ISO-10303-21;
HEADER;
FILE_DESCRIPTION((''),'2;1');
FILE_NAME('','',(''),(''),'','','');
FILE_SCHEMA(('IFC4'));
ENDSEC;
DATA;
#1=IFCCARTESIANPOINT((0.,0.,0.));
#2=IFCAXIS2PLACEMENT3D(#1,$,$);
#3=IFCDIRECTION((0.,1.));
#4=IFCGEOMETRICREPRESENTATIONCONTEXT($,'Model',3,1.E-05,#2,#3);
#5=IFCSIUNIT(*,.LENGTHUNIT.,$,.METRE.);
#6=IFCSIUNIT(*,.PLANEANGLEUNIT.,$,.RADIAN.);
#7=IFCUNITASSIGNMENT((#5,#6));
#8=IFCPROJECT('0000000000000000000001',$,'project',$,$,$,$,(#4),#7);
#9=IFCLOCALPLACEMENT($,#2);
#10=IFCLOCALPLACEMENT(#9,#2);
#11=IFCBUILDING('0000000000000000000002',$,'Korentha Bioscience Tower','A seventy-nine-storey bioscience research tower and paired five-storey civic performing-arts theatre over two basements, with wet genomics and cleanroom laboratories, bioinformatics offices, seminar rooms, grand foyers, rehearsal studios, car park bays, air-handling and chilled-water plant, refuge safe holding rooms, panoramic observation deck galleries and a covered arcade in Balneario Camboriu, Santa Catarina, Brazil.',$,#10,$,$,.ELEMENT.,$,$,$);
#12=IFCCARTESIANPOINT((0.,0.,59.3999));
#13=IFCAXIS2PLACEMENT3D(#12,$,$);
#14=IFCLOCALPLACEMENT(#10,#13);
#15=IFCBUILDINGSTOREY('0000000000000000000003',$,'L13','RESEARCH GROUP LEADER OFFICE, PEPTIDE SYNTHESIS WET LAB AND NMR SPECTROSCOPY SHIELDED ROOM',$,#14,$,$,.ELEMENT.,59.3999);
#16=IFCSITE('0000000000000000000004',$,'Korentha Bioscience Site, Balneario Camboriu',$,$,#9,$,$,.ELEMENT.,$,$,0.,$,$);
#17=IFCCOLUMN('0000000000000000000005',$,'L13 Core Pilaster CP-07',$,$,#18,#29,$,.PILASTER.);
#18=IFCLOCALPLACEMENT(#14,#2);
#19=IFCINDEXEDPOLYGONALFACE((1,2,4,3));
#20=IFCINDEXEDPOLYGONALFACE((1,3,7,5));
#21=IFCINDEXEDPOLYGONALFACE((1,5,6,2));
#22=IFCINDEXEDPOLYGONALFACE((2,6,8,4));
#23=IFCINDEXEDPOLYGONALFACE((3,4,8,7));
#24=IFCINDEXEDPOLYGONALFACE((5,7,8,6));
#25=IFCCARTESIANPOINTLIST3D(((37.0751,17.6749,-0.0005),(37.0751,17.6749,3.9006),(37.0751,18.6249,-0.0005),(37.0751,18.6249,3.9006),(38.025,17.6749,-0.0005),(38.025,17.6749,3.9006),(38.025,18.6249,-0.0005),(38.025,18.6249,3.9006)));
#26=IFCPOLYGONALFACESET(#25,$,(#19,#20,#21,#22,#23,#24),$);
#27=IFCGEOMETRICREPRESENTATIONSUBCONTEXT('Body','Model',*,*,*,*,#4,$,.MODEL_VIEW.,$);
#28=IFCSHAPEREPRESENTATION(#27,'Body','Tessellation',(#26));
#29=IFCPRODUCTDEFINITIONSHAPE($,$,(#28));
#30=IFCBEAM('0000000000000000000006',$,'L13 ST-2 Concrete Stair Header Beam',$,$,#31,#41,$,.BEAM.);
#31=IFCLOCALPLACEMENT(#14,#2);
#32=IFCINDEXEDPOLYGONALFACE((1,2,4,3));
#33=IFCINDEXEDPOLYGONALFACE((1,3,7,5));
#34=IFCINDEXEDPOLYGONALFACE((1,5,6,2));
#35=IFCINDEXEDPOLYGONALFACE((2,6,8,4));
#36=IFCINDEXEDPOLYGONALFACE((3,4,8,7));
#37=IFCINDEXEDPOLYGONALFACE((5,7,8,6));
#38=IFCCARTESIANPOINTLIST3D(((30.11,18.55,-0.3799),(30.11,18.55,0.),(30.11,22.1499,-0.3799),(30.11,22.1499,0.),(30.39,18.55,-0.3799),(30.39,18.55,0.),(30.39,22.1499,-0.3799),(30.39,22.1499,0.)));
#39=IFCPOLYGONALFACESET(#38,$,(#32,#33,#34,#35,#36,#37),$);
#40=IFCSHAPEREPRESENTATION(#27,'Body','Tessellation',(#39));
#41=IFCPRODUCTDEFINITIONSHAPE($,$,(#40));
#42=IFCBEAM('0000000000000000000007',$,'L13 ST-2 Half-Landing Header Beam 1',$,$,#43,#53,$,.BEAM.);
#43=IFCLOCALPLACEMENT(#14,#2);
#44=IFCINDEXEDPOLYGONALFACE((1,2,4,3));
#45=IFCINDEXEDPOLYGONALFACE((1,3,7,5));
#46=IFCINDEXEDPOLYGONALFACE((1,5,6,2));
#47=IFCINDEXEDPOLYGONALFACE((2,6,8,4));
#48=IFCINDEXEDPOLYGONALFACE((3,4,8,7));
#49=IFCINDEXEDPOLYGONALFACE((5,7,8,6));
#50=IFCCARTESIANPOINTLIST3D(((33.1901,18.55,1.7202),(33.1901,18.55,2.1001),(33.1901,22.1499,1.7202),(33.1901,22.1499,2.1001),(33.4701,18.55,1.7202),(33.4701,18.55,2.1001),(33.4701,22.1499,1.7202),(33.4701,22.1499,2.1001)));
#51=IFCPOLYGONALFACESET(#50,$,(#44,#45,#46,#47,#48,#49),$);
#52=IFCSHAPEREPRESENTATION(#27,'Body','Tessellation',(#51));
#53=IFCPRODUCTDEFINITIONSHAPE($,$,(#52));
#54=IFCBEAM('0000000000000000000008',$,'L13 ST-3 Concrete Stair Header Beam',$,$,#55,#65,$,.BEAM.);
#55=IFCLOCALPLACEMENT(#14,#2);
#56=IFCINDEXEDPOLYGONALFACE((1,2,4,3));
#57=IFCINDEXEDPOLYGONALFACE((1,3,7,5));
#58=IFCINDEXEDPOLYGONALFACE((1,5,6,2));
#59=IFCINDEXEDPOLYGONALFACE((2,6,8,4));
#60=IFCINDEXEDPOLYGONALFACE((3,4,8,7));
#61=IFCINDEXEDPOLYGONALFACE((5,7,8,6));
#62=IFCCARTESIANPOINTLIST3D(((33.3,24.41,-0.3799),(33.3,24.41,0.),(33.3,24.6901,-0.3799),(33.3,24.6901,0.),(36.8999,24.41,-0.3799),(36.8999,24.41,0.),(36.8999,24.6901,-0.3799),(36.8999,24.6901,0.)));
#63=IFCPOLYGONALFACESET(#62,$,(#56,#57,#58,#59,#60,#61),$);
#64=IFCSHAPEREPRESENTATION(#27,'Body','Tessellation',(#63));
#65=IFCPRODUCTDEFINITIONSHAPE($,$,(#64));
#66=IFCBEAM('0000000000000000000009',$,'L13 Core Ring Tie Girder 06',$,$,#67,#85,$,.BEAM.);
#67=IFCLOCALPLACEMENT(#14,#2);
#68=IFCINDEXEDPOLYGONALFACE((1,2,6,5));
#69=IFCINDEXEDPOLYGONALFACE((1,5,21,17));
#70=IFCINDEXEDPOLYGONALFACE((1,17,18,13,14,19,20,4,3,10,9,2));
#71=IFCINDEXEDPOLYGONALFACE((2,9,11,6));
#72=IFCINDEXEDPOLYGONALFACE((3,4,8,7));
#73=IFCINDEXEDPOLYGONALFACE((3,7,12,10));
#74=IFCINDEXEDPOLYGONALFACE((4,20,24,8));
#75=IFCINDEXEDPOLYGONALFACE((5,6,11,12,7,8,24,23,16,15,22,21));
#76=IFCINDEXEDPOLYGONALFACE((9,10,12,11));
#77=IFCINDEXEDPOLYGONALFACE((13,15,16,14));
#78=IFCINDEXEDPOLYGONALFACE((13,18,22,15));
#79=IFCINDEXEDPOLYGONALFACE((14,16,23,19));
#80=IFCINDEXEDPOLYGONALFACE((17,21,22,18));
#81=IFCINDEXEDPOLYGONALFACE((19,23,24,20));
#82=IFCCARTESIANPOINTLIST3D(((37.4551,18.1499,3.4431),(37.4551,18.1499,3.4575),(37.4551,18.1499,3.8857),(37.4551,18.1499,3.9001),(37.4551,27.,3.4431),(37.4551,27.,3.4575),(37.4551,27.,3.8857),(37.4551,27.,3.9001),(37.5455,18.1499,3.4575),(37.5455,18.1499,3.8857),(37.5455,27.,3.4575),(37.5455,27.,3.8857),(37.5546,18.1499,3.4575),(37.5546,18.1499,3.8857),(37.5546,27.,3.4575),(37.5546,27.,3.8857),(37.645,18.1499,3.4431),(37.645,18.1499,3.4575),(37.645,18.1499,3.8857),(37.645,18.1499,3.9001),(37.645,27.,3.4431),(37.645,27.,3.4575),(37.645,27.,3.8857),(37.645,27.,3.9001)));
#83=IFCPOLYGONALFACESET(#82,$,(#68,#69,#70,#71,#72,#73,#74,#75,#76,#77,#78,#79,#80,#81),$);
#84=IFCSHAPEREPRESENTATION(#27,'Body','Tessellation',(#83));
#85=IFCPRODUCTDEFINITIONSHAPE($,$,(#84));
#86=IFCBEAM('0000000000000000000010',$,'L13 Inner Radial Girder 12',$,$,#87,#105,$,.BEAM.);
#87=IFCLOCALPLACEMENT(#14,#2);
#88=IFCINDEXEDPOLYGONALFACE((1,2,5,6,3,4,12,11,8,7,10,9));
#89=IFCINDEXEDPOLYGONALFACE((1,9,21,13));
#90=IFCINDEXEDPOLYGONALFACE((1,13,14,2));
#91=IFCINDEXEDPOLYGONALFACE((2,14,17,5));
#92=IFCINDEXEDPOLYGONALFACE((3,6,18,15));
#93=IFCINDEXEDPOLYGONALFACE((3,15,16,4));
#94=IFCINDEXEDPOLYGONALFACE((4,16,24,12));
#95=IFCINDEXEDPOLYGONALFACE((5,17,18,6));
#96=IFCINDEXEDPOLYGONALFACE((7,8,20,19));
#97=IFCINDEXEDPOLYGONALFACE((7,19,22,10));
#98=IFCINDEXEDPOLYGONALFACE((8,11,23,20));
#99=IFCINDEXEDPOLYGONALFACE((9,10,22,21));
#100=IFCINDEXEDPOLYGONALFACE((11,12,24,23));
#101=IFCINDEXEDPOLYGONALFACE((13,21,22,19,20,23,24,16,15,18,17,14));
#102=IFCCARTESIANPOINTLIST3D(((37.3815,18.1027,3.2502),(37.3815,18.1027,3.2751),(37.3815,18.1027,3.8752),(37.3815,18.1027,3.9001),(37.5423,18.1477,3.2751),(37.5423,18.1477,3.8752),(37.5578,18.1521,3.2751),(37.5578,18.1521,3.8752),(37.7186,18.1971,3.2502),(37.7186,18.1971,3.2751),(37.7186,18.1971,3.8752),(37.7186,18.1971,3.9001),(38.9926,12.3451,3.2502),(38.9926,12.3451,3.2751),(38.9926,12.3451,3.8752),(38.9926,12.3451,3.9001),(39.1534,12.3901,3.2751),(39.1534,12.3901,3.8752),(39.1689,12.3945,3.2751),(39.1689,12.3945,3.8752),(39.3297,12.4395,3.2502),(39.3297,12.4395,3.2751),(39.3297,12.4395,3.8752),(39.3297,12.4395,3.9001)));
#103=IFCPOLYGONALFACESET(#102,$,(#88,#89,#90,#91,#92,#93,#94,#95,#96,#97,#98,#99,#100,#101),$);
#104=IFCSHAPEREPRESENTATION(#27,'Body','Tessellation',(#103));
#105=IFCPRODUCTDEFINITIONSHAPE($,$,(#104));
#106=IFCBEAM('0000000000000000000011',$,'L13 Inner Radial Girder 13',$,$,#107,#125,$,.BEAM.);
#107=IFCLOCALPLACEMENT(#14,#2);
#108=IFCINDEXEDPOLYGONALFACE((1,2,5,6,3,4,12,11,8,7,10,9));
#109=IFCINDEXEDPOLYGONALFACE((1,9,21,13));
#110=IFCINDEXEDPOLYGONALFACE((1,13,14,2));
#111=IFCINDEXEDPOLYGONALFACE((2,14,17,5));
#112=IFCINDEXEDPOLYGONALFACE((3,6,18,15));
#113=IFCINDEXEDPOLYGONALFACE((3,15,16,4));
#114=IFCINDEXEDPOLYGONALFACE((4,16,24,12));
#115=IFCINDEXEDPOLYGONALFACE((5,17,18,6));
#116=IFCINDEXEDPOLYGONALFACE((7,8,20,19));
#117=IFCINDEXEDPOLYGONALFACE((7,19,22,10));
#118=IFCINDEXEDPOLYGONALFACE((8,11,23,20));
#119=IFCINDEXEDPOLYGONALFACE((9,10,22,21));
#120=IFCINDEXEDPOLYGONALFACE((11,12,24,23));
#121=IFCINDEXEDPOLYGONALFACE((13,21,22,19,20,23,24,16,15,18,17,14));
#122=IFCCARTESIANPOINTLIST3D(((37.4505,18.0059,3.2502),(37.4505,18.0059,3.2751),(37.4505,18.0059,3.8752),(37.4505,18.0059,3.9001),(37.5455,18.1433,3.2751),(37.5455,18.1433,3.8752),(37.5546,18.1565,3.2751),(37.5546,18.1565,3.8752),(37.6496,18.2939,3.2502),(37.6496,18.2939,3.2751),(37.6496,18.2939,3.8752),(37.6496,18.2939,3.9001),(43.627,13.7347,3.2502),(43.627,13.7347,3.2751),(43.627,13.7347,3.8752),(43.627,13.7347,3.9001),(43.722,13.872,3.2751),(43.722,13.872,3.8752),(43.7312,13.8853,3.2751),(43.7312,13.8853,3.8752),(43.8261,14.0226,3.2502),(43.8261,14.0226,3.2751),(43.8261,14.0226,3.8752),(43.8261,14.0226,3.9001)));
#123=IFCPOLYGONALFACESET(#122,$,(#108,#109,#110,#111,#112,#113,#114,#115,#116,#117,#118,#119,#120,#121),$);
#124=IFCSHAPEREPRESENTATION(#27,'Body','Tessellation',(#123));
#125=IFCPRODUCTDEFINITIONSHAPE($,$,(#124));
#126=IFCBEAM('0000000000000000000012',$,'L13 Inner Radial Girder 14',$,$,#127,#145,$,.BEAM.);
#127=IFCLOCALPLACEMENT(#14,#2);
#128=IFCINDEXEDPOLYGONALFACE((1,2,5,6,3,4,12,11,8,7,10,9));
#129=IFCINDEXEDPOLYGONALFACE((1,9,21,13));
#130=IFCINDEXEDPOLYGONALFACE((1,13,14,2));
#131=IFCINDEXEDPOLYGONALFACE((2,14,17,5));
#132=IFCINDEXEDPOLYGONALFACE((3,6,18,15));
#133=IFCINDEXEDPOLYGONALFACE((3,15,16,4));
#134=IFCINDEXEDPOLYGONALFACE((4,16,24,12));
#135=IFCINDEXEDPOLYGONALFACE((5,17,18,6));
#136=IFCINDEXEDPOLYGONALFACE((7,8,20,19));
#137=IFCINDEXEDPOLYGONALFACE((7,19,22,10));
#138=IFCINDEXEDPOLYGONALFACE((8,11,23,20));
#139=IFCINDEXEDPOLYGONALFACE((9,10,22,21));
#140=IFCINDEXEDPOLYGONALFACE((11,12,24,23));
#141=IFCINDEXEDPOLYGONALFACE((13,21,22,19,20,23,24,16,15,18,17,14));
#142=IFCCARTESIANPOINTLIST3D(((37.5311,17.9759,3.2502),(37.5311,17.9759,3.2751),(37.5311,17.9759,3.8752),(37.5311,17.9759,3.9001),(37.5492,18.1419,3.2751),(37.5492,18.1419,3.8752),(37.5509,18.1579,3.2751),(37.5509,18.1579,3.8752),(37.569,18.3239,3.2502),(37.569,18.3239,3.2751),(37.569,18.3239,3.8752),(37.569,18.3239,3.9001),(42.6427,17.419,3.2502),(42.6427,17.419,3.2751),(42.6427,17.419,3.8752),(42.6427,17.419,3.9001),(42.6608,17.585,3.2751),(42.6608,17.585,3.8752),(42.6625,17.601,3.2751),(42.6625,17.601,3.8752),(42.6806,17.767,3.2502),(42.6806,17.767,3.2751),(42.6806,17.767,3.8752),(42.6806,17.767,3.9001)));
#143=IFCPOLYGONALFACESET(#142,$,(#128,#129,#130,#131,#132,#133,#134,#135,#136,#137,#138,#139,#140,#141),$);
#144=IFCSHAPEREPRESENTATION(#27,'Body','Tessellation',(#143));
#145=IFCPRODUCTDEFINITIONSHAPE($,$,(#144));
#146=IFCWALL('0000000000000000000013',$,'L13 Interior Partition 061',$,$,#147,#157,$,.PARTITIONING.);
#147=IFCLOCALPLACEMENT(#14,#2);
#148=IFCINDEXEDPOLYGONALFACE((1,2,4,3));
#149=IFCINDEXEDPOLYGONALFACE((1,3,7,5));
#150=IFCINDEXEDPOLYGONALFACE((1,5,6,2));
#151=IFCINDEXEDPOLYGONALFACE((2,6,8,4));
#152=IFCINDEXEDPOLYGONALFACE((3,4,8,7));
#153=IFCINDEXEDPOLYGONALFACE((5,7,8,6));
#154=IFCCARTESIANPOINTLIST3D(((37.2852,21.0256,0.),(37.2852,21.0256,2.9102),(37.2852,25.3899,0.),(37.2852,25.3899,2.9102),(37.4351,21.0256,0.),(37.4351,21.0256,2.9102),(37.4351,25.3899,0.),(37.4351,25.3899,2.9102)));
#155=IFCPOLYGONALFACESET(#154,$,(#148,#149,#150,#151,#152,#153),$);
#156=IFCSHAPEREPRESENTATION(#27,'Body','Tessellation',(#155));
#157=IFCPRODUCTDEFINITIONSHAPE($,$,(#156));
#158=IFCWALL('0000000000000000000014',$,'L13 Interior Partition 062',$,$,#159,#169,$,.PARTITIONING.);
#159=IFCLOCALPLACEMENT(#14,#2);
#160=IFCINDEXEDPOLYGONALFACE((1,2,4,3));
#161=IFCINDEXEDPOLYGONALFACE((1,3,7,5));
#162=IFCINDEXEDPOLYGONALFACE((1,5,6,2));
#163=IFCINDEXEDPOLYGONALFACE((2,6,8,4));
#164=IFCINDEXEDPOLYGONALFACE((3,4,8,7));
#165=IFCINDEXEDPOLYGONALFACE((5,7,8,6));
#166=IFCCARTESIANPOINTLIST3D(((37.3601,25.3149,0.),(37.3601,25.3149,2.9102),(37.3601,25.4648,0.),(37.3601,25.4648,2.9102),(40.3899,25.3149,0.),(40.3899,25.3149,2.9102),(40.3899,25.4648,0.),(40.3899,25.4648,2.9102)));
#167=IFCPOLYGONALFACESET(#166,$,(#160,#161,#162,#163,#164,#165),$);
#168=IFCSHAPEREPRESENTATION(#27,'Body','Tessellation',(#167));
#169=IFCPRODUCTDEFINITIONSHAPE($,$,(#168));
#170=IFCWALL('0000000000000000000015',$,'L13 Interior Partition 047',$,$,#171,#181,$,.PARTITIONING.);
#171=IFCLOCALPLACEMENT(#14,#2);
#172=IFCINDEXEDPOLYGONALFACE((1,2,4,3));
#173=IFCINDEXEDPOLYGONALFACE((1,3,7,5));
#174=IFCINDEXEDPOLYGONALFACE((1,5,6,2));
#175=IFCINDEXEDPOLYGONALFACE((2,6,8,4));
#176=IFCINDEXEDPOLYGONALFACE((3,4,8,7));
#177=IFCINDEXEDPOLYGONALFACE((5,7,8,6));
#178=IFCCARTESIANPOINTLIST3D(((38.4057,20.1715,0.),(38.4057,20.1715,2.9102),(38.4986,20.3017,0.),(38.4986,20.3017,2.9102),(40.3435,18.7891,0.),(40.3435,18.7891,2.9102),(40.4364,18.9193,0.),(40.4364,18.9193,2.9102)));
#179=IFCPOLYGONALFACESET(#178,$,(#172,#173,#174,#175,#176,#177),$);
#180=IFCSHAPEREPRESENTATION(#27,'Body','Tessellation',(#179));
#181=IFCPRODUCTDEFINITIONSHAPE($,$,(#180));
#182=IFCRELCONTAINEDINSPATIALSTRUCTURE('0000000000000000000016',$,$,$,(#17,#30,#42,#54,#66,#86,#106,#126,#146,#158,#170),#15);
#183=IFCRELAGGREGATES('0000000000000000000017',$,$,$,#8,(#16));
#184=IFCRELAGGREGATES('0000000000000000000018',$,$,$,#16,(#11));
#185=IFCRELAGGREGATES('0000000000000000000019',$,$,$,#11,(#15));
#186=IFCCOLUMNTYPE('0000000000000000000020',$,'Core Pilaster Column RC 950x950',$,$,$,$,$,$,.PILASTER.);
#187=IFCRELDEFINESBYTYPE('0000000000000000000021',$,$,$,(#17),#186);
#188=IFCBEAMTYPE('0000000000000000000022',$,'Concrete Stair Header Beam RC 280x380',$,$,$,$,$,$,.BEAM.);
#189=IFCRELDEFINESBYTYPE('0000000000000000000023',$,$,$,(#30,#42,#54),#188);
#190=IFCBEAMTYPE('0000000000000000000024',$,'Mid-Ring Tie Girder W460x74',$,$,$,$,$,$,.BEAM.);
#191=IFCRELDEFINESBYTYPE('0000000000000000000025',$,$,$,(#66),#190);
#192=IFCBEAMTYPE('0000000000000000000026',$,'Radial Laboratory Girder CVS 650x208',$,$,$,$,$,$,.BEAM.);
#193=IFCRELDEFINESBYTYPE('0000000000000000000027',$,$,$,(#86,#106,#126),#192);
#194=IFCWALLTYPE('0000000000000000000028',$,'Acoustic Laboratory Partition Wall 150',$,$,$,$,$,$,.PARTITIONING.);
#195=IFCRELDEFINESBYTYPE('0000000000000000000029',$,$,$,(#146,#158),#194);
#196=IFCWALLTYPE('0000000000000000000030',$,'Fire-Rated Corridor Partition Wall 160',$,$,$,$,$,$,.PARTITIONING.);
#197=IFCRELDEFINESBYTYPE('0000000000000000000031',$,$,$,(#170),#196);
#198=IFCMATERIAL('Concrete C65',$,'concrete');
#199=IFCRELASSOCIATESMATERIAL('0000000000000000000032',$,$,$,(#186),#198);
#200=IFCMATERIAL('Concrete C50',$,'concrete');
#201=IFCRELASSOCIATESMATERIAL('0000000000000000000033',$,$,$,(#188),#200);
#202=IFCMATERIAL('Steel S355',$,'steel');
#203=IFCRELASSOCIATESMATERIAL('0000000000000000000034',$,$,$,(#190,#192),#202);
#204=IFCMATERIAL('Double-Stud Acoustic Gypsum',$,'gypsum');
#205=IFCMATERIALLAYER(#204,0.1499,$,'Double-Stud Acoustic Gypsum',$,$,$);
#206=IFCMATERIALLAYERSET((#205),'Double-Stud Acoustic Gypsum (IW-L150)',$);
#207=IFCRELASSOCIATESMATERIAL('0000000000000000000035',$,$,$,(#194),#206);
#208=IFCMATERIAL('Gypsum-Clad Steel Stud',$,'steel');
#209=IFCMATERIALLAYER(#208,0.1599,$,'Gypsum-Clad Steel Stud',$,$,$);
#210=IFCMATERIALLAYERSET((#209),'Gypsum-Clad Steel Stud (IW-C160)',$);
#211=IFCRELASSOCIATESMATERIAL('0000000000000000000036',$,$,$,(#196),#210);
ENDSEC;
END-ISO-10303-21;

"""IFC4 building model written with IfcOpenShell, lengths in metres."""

from ifc_helpers import new_model, si_unit, direction, frame, frame_2d, origin, origin_2d, place, context, subcontext, project, spatial, rectangle, i_section, extrude, material, layer, layer_set, material_profile, profile_set, type_object, element, save


model = new_model("IFC4")

# Units and contexts
model_context = context("Model", 3, precision=1e-05, world=origin(), true_north=direction((0.0, 1.0)))
body_context = subcontext(model_context, "Body", "Model", "MODEL_VIEW")
ifc_project = project(units=[si_unit("LENGTHUNIT", "METRE"), si_unit("PLANEANGLEUNIT", "RADIAN")], contexts=[model_context])

# Site, building, storey
site_placement = place(None, origin())
site = spatial("IfcSite", under=ifc_project, at=site_placement, Name="Korentha Bioscience Site, Balneario Camboriu", CompositionType="ELEMENT", RefElevation=0.0)
building_placement = place(site_placement, origin())
building = spatial("IfcBuilding", under=site, at=building_placement, Name="Korentha Bioscience Tower", Description="A seventy-nine-storey bioscience research tower and paired five-storey civic performing-arts theatre over two basements, with wet genomics and cleanroom laboratories, bioinformatics offices, seminar rooms, grand foyers, rehearsal studios, car park bays, air-handling and chilled-water plant, refuge safe holding rooms, panoramic observation deck galleries and a covered arcade in Balneario Camboriu, Santa Catarina, Brazil.", CompositionType="ELEMENT")
storey_placement = place(building_placement, frame((0.0, 0.0, 59.3999)))
storey = spatial("IfcBuildingStorey", under=building, at=storey_placement, Name="L13", Description="RESEARCH GROUP LEADER OFFICE, PEPTIDE SYNTHESIS WET LAB AND NMR SPECTROSCOPY SHIELDED ROOM", CompositionType="ELEMENT", Elevation=59.3999)

# Column
ifc_material_1 = material(Name="Concrete C65", Category="concrete")
ifc_material_profile_1 = material_profile(ifc_material_1, rectangle(XDim=0.95, YDim=0.95, at=origin_2d()), Name="Concrete C65")
ifc_profile_set_1 = profile_set([ifc_material_profile_1], Name="Concrete C65 (COL-CP09)")
column_type = type_object("IfcColumnType", Name="Core Pilaster Column RC 950x950", PredefinedType="PILASTER", material=ifc_profile_set_1)
column_placement = place(storey_placement, frame((37.55, 18.1499, -0.0005), z_axis=(0.0, 0.0, 1.0), x_axis=(1.0, 0.0, 0.0)))
element("IfcColumn", 1, at=column_placement, inside=storey, type_object=column_type, Name="L13 Core Pilaster CP-07", PredefinedType="PILASTER", context=body_context, shape_type="SweptSolid", body=[
    extrude(rectangle(XDim=0.95, YDim=0.95, at=origin_2d()), origin(), (0.0, 0.0, 1.0), 3.9011),
])

# Beams
ifc_material_2 = material(Name="Concrete C50", Category="concrete")
ifc_material_profile_2 = material_profile(ifc_material_2, rectangle(XDim=0.28, YDim=0.3799, at=origin_2d()), Name="Concrete C50")
ifc_profile_set_2 = profile_set([ifc_material_profile_2], Name="Concrete C50 (ST-HB380)")
beam_type_1 = type_object("IfcBeamType", Name="Concrete Stair Header Beam RC 280x380", PredefinedType="BEAM", material=ifc_profile_set_2)
for number, where, z_axis, x_axis, name in (
    (2, (30.25, 18.55, -0.1899), (0.0, 1.0, 0.0), (-1.0, 0.0, 0.0), "L13 ST-2 Concrete Stair Header Beam"),
    (3, (33.3301, 18.55, 1.9102), (0.0, 1.0, 0.0), (-1.0, 0.0, 0.0), "L13 ST-2 Half-Landing Header Beam 1"),
    (4, (36.8999, 24.55, -0.1899), (-1.0, 0.0, 0.0), (0.0, -1.0, 0.0), "L13 ST-3 Concrete Stair Header Beam"),
):
    element("IfcBeam", number, at=place(storey_placement, frame(where, z_axis=z_axis, x_axis=x_axis)), inside=storey, type_object=beam_type_1, Name=name, PredefinedType="BEAM", context=body_context, shape_type="SweptSolid", body=[
        extrude(rectangle(XDim=0.28, YDim=0.3799, at=origin_2d()), origin(), (0.0, 0.0, 1.0), 3.5999),
    ])
ifc_material_3 = material(Name="Steel S355", Category="steel")
ifc_material_profile_3 = material_profile(ifc_material_3, i_section(OverallWidth=0.1899, OverallDepth=0.457, WebThickness=0.009, FlangeThickness=0.0144, at=origin_2d()), Name="Steel S355")
ifc_profile_set_3 = profile_set([ifc_material_profile_3], Name="Steel S355 (MB-460)")
beam_type_2 = type_object("IfcBeamType", Name="Mid-Ring Tie Girder W460x74", PredefinedType="BEAM", material=ifc_profile_set_3)
beam_1_placement = place(storey_placement, frame((37.55, 18.1499, 3.6716), z_axis=(0.0, 1.0, 0.0), x_axis=(-1.0, 0.0, 0.0)))
element("IfcBeam", 5, at=beam_1_placement, inside=storey, type_object=beam_type_2, Name="L13 Core Ring Tie Girder 06", PredefinedType="BEAM", context=body_context, shape_type="SweptSolid", body=[
    extrude(i_section(OverallWidth=0.1899, OverallDepth=0.457, WebThickness=0.009, FlangeThickness=0.0144, at=origin_2d()), origin(), (0.0, 0.0, 1.0), 8.8501),
])
ifc_material_profile_4 = material_profile(ifc_material_3, i_section(OverallWidth=0.3501, OverallDepth=0.6499, WebThickness=0.0161, FlangeThickness=0.0249, at=origin_2d()), Name="Steel S355")
ifc_profile_set_4 = profile_set([ifc_material_profile_4], Name="Steel S355 (RB-650)")
beam_type_3 = type_object("IfcBeamType", Name="Radial Laboratory Girder CVS 650x208", PredefinedType="BEAM", material=ifc_profile_set_4)
beam_2_placement = place(storey_placement, frame((37.55, 18.1499, 3.5752), z_axis=(0.269469, -0.963009, 0.0), x_axis=(0.963009, 0.269469, 0.0)))
element("IfcBeam", 6, at=beam_2_placement, inside=storey, type_object=beam_type_3, Name="L13 Inner Radial Girder 12", PredefinedType="BEAM", context=body_context, shape_type="SweptSolid", body=[
    extrude(i_section(OverallWidth=0.3501, OverallDepth=0.6499, WebThickness=0.0161, FlangeThickness=0.0249, at=origin_2d()), origin(), (0.0, 0.0, 1.0), 5.9788),
])
beam_3_placement = place(storey_placement, frame((37.55, 18.1499, 3.5752), z_axis=(0.822492, -0.568777, 0.0), x_axis=(0.568777, 0.822492, 0.0)))
element("IfcBeam", 7, at=beam_3_placement, inside=storey, type_object=beam_type_3, Name="L13 Inner Radial Girder 13", PredefinedType="BEAM", context=body_context, shape_type="SweptSolid", body=[
    extrude(i_section(OverallWidth=0.3501, OverallDepth=0.6499, WebThickness=0.0161, FlangeThickness=0.0249, at=origin_2d()), origin(), (0.0, 0.0, 1.0), 7.5095),
])
beam_4_placement = place(storey_placement, frame((37.55, 18.1499, 3.5752), z_axis=(0.994118, -0.108305, 0.0), x_axis=(0.108305, 0.994118, 0.0)))
element("IfcBeam", 8, at=beam_4_placement, inside=storey, type_object=beam_type_3, Name="L13 Inner Radial Girder 14", PredefinedType="BEAM", context=body_context, shape_type="SweptSolid", body=[
    extrude(i_section(OverallWidth=0.3501, OverallDepth=0.6499, WebThickness=0.0161, FlangeThickness=0.0249, at=origin_2d()), origin(), (0.0, 0.0, 1.0), 5.1418),
])

# Walls
ifc_material_4 = material(Name="Double-Stud Acoustic Gypsum", Category="gypsum")
ifc_layer_1 = layer(ifc_material_4, 0.1499, Name="Double-Stud Acoustic Gypsum")
ifc_layer_set_1 = layer_set([ifc_layer_1], Name="Double-Stud Acoustic Gypsum (IW-L150)")
wall_type_1 = type_object("IfcWallType", Name="Acoustic Laboratory Partition Wall 150", PredefinedType="PARTITIONING", material=ifc_layer_set_1)
wall_1_placement = place(storey_placement, frame((37.3601, 21.0256, 0.0), z_axis=(0.0, 0.0, 1.0), x_axis=(0.0, 1.0, 0.0)))
element("IfcWall", 9, at=wall_1_placement, inside=storey, type_object=wall_type_1, Name="L13 Interior Partition 061", PredefinedType="PARTITIONING", context=body_context, shape_type="SweptSolid", body=[
    extrude(rectangle(XDim=4.3643, YDim=0.1499, at=frame_2d((2.1821, 0.0))), origin(), (0.0, 0.0, 1.0), 2.9102),
])
wall_2_placement = place(storey_placement, frame((37.3601, 25.3899, 0.0), z_axis=(0.0, 0.0, 1.0), x_axis=(1.0, 0.0, 0.0)))
element("IfcWall", 10, at=wall_2_placement, inside=storey, type_object=wall_type_1, Name="L13 Interior Partition 062", PredefinedType="PARTITIONING", context=body_context, shape_type="SweptSolid", body=[
    extrude(rectangle(XDim=3.0298, YDim=0.1499, at=frame_2d((1.5149, 0.0))), origin(), (0.0, 0.0, 1.0), 2.9102),
])
ifc_material_5 = material(Name="Gypsum-Clad Steel Stud", Category="steel")
ifc_layer_2 = layer(ifc_material_5, 0.1599, Name="Gypsum-Clad Steel Stud")
ifc_layer_set_2 = layer_set([ifc_layer_2], Name="Gypsum-Clad Steel Stud (IW-C160)")
wall_type_2 = type_object("IfcWallType", Name="Fire-Rated Corridor Partition Wall 160", PredefinedType="PARTITIONING", material=ifc_layer_set_2)
wall_3_placement = place(storey_placement, frame((38.4521, 20.2366, 0.0), z_axis=(0.0, 0.0, 1.0), x_axis=(0.814087, -0.580743, 0.0)))
element("IfcWall", 11, at=wall_3_placement, inside=storey, type_object=wall_type_2, Name="L13 Interior Partition 047", PredefinedType="PARTITIONING", context=body_context, shape_type="SweptSolid", body=[
    extrude(rectangle(XDim=2.3804, YDim=0.1599, at=frame_2d((1.1902, 0.0))), origin(), (0.0, 0.0, 1.0), 2.9102),
])

save(model, "model.ifc")
